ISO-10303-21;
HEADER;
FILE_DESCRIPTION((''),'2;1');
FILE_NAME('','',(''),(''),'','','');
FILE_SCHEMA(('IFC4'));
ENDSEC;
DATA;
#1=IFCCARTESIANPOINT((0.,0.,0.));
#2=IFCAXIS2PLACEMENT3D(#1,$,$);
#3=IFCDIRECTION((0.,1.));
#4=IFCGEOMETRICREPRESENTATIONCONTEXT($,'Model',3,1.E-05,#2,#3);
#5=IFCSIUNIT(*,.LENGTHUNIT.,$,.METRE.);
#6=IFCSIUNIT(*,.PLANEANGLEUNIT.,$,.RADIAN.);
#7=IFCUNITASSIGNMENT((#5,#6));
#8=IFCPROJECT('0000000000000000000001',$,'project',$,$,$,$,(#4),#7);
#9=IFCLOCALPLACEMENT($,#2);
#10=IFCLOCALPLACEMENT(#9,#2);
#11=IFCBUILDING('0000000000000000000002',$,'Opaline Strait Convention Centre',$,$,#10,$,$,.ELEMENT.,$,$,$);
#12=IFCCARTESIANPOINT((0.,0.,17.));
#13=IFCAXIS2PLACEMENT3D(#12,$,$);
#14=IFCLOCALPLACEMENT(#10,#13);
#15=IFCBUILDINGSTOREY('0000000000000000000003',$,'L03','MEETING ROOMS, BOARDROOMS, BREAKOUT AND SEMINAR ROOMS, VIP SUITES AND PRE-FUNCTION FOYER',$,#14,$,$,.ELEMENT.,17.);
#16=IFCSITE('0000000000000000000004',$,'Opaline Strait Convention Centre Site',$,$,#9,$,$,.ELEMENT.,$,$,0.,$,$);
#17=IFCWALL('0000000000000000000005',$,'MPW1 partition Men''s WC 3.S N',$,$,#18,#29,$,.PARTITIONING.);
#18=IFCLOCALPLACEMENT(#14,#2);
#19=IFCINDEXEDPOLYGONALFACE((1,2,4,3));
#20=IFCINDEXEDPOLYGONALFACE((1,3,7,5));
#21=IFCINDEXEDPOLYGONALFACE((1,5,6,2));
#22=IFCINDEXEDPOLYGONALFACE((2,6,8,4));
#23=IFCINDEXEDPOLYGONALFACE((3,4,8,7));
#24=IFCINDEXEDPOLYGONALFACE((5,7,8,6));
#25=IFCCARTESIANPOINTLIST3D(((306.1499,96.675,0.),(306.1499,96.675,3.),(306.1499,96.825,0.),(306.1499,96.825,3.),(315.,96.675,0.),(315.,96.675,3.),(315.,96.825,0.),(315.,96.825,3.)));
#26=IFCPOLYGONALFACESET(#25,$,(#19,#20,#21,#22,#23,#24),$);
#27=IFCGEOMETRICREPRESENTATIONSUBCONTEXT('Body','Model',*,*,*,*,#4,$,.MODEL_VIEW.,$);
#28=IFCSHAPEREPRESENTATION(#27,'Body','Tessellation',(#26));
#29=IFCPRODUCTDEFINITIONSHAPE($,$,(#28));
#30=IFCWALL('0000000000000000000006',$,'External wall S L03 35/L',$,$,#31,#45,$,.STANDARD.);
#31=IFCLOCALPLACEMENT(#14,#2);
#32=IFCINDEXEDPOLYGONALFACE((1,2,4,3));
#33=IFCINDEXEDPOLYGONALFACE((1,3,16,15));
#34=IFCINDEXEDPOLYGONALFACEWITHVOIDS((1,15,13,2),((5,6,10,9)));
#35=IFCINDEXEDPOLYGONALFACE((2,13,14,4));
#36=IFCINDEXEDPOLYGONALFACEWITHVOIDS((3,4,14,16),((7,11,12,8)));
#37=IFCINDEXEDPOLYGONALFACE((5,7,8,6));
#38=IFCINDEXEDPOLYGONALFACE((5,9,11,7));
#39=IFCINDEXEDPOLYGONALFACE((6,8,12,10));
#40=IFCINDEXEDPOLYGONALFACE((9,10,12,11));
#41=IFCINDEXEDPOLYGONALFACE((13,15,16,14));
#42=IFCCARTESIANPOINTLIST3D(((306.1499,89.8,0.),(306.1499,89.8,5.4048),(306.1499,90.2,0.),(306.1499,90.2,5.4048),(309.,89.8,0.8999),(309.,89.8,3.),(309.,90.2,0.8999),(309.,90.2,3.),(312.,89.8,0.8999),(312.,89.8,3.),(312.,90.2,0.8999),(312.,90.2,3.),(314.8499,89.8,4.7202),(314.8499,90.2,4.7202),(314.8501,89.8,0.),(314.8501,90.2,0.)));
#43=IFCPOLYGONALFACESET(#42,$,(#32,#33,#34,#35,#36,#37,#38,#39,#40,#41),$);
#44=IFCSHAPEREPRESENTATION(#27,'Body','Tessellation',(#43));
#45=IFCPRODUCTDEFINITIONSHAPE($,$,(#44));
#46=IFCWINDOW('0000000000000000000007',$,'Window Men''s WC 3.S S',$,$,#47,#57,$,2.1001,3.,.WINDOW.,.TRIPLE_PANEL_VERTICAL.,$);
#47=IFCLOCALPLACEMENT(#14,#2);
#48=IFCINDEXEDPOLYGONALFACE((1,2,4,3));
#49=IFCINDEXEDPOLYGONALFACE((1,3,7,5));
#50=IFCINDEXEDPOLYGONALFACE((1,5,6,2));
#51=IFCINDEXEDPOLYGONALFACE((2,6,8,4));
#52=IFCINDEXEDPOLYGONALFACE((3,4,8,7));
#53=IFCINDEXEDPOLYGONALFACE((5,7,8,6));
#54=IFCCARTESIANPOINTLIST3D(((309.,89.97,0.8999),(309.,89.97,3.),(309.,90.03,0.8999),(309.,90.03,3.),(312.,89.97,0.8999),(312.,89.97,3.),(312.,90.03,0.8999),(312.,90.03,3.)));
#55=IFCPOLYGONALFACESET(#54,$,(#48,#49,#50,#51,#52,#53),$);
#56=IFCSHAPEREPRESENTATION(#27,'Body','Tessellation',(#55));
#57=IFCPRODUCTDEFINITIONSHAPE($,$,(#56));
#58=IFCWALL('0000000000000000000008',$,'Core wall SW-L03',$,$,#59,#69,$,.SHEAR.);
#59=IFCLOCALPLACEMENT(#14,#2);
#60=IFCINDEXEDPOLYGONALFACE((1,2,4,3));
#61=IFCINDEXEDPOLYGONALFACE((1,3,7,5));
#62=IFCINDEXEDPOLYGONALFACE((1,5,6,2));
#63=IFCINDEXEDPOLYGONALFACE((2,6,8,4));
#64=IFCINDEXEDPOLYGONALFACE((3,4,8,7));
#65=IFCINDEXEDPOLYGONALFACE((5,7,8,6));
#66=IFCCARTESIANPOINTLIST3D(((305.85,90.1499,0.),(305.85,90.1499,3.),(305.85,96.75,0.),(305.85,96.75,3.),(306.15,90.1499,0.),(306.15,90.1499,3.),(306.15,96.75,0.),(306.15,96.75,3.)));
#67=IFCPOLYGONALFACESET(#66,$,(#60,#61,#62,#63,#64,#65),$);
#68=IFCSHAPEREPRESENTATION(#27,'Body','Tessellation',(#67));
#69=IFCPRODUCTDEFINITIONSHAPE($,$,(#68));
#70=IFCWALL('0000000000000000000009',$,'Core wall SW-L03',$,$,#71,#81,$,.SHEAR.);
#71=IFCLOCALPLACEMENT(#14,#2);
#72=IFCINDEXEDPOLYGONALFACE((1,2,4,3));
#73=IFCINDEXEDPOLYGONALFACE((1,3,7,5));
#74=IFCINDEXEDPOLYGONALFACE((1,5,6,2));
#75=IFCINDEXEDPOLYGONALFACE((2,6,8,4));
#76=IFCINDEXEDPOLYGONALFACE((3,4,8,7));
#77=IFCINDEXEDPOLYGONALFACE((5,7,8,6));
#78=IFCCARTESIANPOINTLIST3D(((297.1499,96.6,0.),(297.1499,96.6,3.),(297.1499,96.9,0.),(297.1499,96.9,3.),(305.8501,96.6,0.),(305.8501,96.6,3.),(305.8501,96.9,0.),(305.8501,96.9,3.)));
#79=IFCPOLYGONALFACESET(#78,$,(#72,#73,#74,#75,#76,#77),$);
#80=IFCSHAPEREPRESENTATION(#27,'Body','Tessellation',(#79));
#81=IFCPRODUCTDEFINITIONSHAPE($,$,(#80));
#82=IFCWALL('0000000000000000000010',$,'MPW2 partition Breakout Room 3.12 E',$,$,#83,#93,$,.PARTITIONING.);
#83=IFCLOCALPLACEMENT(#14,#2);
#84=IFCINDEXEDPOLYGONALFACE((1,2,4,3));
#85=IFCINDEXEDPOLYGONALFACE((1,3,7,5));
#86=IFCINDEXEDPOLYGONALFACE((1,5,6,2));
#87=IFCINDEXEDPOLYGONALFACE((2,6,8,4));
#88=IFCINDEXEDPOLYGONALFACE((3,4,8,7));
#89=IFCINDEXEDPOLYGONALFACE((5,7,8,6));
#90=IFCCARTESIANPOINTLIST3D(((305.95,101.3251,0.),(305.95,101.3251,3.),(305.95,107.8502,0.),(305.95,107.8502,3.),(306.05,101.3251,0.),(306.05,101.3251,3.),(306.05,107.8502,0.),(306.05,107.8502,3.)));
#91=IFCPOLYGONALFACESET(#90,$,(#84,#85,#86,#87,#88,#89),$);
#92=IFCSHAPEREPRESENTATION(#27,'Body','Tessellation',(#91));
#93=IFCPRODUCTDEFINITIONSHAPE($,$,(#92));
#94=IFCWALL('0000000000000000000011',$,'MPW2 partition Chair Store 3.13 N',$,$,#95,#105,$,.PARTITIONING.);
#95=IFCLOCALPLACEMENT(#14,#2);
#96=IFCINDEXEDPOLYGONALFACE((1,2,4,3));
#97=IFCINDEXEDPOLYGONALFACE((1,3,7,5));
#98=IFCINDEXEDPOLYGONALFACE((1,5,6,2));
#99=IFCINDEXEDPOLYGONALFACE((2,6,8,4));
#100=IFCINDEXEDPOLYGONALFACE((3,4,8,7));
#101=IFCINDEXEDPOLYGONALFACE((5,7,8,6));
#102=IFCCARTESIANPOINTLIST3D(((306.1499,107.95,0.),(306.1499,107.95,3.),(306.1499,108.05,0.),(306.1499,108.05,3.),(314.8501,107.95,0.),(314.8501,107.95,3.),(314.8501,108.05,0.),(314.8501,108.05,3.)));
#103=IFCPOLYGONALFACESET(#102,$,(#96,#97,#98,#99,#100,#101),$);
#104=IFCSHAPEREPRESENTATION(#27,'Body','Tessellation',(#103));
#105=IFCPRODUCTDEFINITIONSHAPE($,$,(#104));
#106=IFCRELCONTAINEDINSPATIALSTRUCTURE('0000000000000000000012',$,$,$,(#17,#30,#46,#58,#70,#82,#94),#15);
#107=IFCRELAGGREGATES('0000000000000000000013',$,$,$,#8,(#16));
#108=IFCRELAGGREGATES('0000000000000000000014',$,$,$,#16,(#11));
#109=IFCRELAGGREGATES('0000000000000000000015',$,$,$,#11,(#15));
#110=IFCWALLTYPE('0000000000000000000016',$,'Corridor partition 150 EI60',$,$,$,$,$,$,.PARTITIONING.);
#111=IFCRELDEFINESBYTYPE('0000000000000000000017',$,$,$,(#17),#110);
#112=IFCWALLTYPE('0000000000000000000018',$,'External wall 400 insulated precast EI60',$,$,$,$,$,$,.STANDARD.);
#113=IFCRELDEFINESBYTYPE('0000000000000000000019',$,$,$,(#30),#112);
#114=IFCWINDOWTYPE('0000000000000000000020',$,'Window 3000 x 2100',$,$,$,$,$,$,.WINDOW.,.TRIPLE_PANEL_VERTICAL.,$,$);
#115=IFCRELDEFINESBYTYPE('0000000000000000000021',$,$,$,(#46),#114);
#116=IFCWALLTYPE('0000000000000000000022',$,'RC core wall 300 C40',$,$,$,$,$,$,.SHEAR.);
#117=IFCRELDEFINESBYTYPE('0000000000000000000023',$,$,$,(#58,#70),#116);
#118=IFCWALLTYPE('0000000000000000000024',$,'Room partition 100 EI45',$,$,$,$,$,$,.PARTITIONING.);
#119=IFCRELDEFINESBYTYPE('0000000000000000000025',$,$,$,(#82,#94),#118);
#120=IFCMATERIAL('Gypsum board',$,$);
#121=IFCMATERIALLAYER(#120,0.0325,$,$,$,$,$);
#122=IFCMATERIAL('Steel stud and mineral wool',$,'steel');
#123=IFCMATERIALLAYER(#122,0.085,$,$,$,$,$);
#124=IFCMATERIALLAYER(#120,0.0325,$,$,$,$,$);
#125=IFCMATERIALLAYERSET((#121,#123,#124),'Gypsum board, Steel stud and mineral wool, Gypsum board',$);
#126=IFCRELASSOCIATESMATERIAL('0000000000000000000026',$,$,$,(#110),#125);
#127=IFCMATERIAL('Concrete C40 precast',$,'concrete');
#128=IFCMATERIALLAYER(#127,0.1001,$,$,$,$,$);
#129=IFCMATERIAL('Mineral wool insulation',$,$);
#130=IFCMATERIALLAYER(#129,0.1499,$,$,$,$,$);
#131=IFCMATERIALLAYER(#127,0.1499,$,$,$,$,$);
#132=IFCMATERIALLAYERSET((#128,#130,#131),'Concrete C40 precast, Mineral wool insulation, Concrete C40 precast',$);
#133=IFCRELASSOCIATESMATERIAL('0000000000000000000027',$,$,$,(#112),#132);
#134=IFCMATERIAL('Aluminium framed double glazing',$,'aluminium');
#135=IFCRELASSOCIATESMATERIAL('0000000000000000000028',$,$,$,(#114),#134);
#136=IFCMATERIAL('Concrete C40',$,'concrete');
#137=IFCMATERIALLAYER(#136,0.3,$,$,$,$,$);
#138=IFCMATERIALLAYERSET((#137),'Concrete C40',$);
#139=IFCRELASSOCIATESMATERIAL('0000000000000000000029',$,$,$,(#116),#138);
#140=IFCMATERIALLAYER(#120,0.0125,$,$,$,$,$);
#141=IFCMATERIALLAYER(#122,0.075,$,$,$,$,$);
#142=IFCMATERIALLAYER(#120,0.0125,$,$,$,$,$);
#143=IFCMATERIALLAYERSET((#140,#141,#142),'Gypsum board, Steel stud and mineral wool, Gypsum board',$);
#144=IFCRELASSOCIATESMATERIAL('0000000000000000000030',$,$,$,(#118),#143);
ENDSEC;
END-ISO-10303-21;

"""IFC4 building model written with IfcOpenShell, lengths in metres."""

from ifc_helpers import new_model, si_unit, direction, frame, frame_2d, origin, place, context, subcontext, project, spatial, polyline, rectangle, outline, extrude, material, layer, layer_set, type_object, element, fill, save


model = new_model("IFC4")

# Units and contexts
model_context = context("Model", 3, precision=1e-05, world=origin(), true_north=direction((0.0, 1.0)))
body_context = subcontext(model_context, "Body", "Model", "MODEL_VIEW")
ifc_project = project(units=[si_unit("LENGTHUNIT", "METRE"), si_unit("PLANEANGLEUNIT", "RADIAN")], contexts=[model_context])

# Site, building, storey
site_placement = place(None, origin())
site = spatial("IfcSite", under=ifc_project, at=site_placement, Name="Opaline Strait Convention Centre Site", CompositionType="ELEMENT", RefElevation=0.0)
building_placement = place(site_placement, origin())
building = spatial("IfcBuilding", under=site, at=building_placement, Name="Opaline Strait Convention Centre", CompositionType="ELEMENT")
storey_placement = place(building_placement, frame((0.0, 0.0, 17.0)))
storey = spatial("IfcBuildingStorey", under=building, at=storey_placement, Name="L03", Description="MEETING ROOMS, BOARDROOMS, BREAKOUT AND SEMINAR ROOMS, VIP SUITES AND PRE-FUNCTION FOYER", CompositionType="ELEMENT", Elevation=17.0)

# Shared definitions
ifc_material_1 = material(Name="Gypsum board")
ifc_material_2 = material(Name="Steel stud and mineral wool", Category="steel")

# Shared definitions
ifc_layer_1 = layer(ifc_material_1, 0.0325)
ifc_layer_2 = layer(ifc_material_2, 0.085)
ifc_layer_3 = layer(ifc_material_1, 0.0325)
ifc_layer_set_1 = layer_set([ifc_layer_1, ifc_layer_2, ifc_layer_3], Name="Gypsum board, Steel stud and mineral wool, Gypsum board")
wall_type_1 = type_object("IfcWallType", Name="Corridor partition 150 EI60", PredefinedType="PARTITIONING", material=ifc_layer_set_1)

# Wall
wall_1_placement = place(storey_placement, frame((306.1499, 96.75, 0.0), z_axis=(0.0, 0.0, 1.0), x_axis=(1.0, 0.0, 0.0)))
element("IfcWall", 1, at=wall_1_placement, inside=storey, type_object=wall_type_1, Name="MPW1 partition Men's WC 3.S N", PredefinedType="PARTITIONING", context=body_context, shape_type="SweptSolid", body=[
    extrude(rectangle(XDim=8.8501, YDim=0.1499, at=frame_2d((4.425, 0.0))), origin(), (0.0, 0.0, 1.0), 3.0),
])

# Wall, opening, window
ifc_material_3 = material(Name="Concrete C40 precast", Category="concrete")
ifc_layer_4 = layer(ifc_material_3, 0.1001)
ifc_material_4 = material(Name="Mineral wool insulation")
ifc_layer_5 = layer(ifc_material_4, 0.1499)
ifc_layer_6 = layer(ifc_material_3, 0.1499)
ifc_layer_set_2 = layer_set([ifc_layer_4, ifc_layer_5, ifc_layer_6], Name="Concrete C40 precast, Mineral wool insulation, Concrete C40 precast")
wall_type_2 = type_object("IfcWallType", Name="External wall 400 insulated precast EI60", PredefinedType="STANDARD", material=ifc_layer_set_2)
wall_2_placement = place(storey_placement, frame((306.1499, 90.0, 0.0), z_axis=(0.0, 0.0, 1.0), x_axis=(1.0, 0.0, 0.0)))
wall_2 = element("IfcWall", 2, at=wall_2_placement, inside=storey, type_object=wall_type_2, Name="External wall S L03 35/L", PredefinedType="STANDARD", context=body_context, shape_type="SweptSolid", body=[
    extrude(outline(polyline([(0.0, 0.0), (8.7002, 0.0), (8.7, 4.7202), (0.0, 5.4048), (0.0, 0.0)])), frame((0.0, 0.2, 0.0), z_axis=(0.0, -1.0, 0.0), x_axis=(1.0, 0.0, 0.0)), (0.0, 0.0, 1.0), 0.3999),
])
opening_1_placement = place(wall_2_placement, frame((2.8501, 0.0, 0.8999)))
opening_1 = element("IfcOpeningElement", 3, at=opening_1_placement, cuts=wall_2, PredefinedType="OPENING", context=body_context, shape_type="SweptSolid", body=[
    extrude(rectangle(XDim=3.0, YDim=2.1001, at=frame_2d((1.5, 1.05))), frame((0.0, 0.21, 0.0), z_axis=(0.0, -1.0, 0.0), x_axis=(1.0, 0.0, 0.0)), (0.0, 0.0, 1.0), 0.4199),
])
ifc_material_5 = material(Name="Aluminium framed double glazing", Category="aluminium")
window_type = type_object("IfcWindowType", Name="Window 3000 x 2100", PartitioningType="TRIPLE_PANEL_VERTICAL", PredefinedType="WINDOW", material=ifc_material_5)
window_placement = place(opening_1_placement, origin())
window = element("IfcWindow", 4, at=window_placement, inside=storey, type_object=window_type, Name="Window Men's WC 3.S S", OverallHeight=2.1001, OverallWidth=3.0, PartitioningType="TRIPLE_PANEL_VERTICAL", PredefinedType="WINDOW", context=body_context, shape_type="SweptSolid", body=[
    extrude(rectangle(XDim=3.0, YDim=2.1001, at=frame_2d((1.5, 1.05))), frame((0.0, 0.03, 0.0), z_axis=(0.0, -1.0, 0.0), x_axis=(1.0, 0.0, 0.0)), (0.0, 0.0, 1.0), 0.0601),
])
fill(opening_1, window)

# Walls
ifc_material_6 = material(Name="Concrete C40", Category="concrete")
ifc_layer_7 = layer(ifc_material_6, 0.3)
ifc_layer_set_3 = layer_set([ifc_layer_7], Name="Concrete C40")
wall_type_3 = type_object("IfcWallType", Name="RC core wall 300 C40", PredefinedType="SHEAR", material=ifc_layer_set_3)
wall_3_placement = place(storey_placement, frame((306.0, 90.1499, 0.0), z_axis=(0.0, 0.0, 1.0), x_axis=(0.0, 1.0, 0.0)))
element("IfcWall", 5, at=wall_3_placement, inside=storey, type_object=wall_type_3, Name="Core wall SW-L03", PredefinedType="SHEAR", context=body_context, shape_type="SweptSolid", body=[
    extrude(rectangle(XDim=6.6001, YDim=0.3, at=frame_2d((3.3, 0.0))), origin(), (0.0, 0.0, 1.0), 3.0),
])
wall_4_placement = place(storey_placement, frame((297.1499, 96.75, 0.0), z_axis=(0.0, 0.0, 1.0), x_axis=(1.0, 0.0, 0.0)))
element("IfcWall", 6, at=wall_4_placement, inside=storey, type_object=wall_type_3, Name="Core wall SW-L03", PredefinedType="SHEAR", context=body_context, shape_type="SweptSolid", body=[
    extrude(rectangle(XDim=8.7002, YDim=0.3, at=frame_2d((4.3501, 0.0))), origin(), (0.0, 0.0, 1.0), 3.0),
])
ifc_layer_8 = layer(ifc_material_1, 0.0125)
ifc_layer_9 = layer(ifc_material_2, 0.075)
ifc_layer_10 = layer(ifc_material_1, 0.0125)
ifc_layer_set_4 = layer_set([ifc_layer_8, ifc_layer_9, ifc_layer_10], Name="Gypsum board, Steel stud and mineral wool, Gypsum board")
wall_type_4 = type_object("IfcWallType", Name="Room partition 100 EI45", PredefinedType="PARTITIONING", material=ifc_layer_set_4)
wall_5_placement = place(storey_placement, frame((306.0, 101.325, 0.0), z_axis=(0.0, 0.0, 1.0), x_axis=(0.0, 1.0, 0.0)))
element("IfcWall", 7, at=wall_5_placement, inside=storey, type_object=wall_type_4, Name="MPW2 partition Breakout Room 3.12 E", PredefinedType="PARTITIONING", context=body_context, shape_type="SweptSolid", body=[
    extrude(rectangle(XDim=6.5251, YDim=0.1001, at=frame_2d((3.2627, 0.0))), origin(), (0.0, 0.0, 1.0), 3.0),
])
wall_6_placement = place(storey_placement, frame((306.1499, 108.0, 0.0), z_axis=(0.0, 0.0, 1.0), x_axis=(1.0, 0.0, 0.0)))
element("IfcWall", 8, at=wall_6_placement, inside=storey, type_object=wall_type_4, Name="MPW2 partition Chair Store 3.13 N", PredefinedType="PARTITIONING", context=body_context, shape_type="SweptSolid", body=[
    extrude(rectangle(XDim=8.7002, YDim=0.1001, at=frame_2d((4.3501, 0.0))), origin(), (0.0, 0.0, 1.0), 3.0),
])

save(model, "model.ifc")
